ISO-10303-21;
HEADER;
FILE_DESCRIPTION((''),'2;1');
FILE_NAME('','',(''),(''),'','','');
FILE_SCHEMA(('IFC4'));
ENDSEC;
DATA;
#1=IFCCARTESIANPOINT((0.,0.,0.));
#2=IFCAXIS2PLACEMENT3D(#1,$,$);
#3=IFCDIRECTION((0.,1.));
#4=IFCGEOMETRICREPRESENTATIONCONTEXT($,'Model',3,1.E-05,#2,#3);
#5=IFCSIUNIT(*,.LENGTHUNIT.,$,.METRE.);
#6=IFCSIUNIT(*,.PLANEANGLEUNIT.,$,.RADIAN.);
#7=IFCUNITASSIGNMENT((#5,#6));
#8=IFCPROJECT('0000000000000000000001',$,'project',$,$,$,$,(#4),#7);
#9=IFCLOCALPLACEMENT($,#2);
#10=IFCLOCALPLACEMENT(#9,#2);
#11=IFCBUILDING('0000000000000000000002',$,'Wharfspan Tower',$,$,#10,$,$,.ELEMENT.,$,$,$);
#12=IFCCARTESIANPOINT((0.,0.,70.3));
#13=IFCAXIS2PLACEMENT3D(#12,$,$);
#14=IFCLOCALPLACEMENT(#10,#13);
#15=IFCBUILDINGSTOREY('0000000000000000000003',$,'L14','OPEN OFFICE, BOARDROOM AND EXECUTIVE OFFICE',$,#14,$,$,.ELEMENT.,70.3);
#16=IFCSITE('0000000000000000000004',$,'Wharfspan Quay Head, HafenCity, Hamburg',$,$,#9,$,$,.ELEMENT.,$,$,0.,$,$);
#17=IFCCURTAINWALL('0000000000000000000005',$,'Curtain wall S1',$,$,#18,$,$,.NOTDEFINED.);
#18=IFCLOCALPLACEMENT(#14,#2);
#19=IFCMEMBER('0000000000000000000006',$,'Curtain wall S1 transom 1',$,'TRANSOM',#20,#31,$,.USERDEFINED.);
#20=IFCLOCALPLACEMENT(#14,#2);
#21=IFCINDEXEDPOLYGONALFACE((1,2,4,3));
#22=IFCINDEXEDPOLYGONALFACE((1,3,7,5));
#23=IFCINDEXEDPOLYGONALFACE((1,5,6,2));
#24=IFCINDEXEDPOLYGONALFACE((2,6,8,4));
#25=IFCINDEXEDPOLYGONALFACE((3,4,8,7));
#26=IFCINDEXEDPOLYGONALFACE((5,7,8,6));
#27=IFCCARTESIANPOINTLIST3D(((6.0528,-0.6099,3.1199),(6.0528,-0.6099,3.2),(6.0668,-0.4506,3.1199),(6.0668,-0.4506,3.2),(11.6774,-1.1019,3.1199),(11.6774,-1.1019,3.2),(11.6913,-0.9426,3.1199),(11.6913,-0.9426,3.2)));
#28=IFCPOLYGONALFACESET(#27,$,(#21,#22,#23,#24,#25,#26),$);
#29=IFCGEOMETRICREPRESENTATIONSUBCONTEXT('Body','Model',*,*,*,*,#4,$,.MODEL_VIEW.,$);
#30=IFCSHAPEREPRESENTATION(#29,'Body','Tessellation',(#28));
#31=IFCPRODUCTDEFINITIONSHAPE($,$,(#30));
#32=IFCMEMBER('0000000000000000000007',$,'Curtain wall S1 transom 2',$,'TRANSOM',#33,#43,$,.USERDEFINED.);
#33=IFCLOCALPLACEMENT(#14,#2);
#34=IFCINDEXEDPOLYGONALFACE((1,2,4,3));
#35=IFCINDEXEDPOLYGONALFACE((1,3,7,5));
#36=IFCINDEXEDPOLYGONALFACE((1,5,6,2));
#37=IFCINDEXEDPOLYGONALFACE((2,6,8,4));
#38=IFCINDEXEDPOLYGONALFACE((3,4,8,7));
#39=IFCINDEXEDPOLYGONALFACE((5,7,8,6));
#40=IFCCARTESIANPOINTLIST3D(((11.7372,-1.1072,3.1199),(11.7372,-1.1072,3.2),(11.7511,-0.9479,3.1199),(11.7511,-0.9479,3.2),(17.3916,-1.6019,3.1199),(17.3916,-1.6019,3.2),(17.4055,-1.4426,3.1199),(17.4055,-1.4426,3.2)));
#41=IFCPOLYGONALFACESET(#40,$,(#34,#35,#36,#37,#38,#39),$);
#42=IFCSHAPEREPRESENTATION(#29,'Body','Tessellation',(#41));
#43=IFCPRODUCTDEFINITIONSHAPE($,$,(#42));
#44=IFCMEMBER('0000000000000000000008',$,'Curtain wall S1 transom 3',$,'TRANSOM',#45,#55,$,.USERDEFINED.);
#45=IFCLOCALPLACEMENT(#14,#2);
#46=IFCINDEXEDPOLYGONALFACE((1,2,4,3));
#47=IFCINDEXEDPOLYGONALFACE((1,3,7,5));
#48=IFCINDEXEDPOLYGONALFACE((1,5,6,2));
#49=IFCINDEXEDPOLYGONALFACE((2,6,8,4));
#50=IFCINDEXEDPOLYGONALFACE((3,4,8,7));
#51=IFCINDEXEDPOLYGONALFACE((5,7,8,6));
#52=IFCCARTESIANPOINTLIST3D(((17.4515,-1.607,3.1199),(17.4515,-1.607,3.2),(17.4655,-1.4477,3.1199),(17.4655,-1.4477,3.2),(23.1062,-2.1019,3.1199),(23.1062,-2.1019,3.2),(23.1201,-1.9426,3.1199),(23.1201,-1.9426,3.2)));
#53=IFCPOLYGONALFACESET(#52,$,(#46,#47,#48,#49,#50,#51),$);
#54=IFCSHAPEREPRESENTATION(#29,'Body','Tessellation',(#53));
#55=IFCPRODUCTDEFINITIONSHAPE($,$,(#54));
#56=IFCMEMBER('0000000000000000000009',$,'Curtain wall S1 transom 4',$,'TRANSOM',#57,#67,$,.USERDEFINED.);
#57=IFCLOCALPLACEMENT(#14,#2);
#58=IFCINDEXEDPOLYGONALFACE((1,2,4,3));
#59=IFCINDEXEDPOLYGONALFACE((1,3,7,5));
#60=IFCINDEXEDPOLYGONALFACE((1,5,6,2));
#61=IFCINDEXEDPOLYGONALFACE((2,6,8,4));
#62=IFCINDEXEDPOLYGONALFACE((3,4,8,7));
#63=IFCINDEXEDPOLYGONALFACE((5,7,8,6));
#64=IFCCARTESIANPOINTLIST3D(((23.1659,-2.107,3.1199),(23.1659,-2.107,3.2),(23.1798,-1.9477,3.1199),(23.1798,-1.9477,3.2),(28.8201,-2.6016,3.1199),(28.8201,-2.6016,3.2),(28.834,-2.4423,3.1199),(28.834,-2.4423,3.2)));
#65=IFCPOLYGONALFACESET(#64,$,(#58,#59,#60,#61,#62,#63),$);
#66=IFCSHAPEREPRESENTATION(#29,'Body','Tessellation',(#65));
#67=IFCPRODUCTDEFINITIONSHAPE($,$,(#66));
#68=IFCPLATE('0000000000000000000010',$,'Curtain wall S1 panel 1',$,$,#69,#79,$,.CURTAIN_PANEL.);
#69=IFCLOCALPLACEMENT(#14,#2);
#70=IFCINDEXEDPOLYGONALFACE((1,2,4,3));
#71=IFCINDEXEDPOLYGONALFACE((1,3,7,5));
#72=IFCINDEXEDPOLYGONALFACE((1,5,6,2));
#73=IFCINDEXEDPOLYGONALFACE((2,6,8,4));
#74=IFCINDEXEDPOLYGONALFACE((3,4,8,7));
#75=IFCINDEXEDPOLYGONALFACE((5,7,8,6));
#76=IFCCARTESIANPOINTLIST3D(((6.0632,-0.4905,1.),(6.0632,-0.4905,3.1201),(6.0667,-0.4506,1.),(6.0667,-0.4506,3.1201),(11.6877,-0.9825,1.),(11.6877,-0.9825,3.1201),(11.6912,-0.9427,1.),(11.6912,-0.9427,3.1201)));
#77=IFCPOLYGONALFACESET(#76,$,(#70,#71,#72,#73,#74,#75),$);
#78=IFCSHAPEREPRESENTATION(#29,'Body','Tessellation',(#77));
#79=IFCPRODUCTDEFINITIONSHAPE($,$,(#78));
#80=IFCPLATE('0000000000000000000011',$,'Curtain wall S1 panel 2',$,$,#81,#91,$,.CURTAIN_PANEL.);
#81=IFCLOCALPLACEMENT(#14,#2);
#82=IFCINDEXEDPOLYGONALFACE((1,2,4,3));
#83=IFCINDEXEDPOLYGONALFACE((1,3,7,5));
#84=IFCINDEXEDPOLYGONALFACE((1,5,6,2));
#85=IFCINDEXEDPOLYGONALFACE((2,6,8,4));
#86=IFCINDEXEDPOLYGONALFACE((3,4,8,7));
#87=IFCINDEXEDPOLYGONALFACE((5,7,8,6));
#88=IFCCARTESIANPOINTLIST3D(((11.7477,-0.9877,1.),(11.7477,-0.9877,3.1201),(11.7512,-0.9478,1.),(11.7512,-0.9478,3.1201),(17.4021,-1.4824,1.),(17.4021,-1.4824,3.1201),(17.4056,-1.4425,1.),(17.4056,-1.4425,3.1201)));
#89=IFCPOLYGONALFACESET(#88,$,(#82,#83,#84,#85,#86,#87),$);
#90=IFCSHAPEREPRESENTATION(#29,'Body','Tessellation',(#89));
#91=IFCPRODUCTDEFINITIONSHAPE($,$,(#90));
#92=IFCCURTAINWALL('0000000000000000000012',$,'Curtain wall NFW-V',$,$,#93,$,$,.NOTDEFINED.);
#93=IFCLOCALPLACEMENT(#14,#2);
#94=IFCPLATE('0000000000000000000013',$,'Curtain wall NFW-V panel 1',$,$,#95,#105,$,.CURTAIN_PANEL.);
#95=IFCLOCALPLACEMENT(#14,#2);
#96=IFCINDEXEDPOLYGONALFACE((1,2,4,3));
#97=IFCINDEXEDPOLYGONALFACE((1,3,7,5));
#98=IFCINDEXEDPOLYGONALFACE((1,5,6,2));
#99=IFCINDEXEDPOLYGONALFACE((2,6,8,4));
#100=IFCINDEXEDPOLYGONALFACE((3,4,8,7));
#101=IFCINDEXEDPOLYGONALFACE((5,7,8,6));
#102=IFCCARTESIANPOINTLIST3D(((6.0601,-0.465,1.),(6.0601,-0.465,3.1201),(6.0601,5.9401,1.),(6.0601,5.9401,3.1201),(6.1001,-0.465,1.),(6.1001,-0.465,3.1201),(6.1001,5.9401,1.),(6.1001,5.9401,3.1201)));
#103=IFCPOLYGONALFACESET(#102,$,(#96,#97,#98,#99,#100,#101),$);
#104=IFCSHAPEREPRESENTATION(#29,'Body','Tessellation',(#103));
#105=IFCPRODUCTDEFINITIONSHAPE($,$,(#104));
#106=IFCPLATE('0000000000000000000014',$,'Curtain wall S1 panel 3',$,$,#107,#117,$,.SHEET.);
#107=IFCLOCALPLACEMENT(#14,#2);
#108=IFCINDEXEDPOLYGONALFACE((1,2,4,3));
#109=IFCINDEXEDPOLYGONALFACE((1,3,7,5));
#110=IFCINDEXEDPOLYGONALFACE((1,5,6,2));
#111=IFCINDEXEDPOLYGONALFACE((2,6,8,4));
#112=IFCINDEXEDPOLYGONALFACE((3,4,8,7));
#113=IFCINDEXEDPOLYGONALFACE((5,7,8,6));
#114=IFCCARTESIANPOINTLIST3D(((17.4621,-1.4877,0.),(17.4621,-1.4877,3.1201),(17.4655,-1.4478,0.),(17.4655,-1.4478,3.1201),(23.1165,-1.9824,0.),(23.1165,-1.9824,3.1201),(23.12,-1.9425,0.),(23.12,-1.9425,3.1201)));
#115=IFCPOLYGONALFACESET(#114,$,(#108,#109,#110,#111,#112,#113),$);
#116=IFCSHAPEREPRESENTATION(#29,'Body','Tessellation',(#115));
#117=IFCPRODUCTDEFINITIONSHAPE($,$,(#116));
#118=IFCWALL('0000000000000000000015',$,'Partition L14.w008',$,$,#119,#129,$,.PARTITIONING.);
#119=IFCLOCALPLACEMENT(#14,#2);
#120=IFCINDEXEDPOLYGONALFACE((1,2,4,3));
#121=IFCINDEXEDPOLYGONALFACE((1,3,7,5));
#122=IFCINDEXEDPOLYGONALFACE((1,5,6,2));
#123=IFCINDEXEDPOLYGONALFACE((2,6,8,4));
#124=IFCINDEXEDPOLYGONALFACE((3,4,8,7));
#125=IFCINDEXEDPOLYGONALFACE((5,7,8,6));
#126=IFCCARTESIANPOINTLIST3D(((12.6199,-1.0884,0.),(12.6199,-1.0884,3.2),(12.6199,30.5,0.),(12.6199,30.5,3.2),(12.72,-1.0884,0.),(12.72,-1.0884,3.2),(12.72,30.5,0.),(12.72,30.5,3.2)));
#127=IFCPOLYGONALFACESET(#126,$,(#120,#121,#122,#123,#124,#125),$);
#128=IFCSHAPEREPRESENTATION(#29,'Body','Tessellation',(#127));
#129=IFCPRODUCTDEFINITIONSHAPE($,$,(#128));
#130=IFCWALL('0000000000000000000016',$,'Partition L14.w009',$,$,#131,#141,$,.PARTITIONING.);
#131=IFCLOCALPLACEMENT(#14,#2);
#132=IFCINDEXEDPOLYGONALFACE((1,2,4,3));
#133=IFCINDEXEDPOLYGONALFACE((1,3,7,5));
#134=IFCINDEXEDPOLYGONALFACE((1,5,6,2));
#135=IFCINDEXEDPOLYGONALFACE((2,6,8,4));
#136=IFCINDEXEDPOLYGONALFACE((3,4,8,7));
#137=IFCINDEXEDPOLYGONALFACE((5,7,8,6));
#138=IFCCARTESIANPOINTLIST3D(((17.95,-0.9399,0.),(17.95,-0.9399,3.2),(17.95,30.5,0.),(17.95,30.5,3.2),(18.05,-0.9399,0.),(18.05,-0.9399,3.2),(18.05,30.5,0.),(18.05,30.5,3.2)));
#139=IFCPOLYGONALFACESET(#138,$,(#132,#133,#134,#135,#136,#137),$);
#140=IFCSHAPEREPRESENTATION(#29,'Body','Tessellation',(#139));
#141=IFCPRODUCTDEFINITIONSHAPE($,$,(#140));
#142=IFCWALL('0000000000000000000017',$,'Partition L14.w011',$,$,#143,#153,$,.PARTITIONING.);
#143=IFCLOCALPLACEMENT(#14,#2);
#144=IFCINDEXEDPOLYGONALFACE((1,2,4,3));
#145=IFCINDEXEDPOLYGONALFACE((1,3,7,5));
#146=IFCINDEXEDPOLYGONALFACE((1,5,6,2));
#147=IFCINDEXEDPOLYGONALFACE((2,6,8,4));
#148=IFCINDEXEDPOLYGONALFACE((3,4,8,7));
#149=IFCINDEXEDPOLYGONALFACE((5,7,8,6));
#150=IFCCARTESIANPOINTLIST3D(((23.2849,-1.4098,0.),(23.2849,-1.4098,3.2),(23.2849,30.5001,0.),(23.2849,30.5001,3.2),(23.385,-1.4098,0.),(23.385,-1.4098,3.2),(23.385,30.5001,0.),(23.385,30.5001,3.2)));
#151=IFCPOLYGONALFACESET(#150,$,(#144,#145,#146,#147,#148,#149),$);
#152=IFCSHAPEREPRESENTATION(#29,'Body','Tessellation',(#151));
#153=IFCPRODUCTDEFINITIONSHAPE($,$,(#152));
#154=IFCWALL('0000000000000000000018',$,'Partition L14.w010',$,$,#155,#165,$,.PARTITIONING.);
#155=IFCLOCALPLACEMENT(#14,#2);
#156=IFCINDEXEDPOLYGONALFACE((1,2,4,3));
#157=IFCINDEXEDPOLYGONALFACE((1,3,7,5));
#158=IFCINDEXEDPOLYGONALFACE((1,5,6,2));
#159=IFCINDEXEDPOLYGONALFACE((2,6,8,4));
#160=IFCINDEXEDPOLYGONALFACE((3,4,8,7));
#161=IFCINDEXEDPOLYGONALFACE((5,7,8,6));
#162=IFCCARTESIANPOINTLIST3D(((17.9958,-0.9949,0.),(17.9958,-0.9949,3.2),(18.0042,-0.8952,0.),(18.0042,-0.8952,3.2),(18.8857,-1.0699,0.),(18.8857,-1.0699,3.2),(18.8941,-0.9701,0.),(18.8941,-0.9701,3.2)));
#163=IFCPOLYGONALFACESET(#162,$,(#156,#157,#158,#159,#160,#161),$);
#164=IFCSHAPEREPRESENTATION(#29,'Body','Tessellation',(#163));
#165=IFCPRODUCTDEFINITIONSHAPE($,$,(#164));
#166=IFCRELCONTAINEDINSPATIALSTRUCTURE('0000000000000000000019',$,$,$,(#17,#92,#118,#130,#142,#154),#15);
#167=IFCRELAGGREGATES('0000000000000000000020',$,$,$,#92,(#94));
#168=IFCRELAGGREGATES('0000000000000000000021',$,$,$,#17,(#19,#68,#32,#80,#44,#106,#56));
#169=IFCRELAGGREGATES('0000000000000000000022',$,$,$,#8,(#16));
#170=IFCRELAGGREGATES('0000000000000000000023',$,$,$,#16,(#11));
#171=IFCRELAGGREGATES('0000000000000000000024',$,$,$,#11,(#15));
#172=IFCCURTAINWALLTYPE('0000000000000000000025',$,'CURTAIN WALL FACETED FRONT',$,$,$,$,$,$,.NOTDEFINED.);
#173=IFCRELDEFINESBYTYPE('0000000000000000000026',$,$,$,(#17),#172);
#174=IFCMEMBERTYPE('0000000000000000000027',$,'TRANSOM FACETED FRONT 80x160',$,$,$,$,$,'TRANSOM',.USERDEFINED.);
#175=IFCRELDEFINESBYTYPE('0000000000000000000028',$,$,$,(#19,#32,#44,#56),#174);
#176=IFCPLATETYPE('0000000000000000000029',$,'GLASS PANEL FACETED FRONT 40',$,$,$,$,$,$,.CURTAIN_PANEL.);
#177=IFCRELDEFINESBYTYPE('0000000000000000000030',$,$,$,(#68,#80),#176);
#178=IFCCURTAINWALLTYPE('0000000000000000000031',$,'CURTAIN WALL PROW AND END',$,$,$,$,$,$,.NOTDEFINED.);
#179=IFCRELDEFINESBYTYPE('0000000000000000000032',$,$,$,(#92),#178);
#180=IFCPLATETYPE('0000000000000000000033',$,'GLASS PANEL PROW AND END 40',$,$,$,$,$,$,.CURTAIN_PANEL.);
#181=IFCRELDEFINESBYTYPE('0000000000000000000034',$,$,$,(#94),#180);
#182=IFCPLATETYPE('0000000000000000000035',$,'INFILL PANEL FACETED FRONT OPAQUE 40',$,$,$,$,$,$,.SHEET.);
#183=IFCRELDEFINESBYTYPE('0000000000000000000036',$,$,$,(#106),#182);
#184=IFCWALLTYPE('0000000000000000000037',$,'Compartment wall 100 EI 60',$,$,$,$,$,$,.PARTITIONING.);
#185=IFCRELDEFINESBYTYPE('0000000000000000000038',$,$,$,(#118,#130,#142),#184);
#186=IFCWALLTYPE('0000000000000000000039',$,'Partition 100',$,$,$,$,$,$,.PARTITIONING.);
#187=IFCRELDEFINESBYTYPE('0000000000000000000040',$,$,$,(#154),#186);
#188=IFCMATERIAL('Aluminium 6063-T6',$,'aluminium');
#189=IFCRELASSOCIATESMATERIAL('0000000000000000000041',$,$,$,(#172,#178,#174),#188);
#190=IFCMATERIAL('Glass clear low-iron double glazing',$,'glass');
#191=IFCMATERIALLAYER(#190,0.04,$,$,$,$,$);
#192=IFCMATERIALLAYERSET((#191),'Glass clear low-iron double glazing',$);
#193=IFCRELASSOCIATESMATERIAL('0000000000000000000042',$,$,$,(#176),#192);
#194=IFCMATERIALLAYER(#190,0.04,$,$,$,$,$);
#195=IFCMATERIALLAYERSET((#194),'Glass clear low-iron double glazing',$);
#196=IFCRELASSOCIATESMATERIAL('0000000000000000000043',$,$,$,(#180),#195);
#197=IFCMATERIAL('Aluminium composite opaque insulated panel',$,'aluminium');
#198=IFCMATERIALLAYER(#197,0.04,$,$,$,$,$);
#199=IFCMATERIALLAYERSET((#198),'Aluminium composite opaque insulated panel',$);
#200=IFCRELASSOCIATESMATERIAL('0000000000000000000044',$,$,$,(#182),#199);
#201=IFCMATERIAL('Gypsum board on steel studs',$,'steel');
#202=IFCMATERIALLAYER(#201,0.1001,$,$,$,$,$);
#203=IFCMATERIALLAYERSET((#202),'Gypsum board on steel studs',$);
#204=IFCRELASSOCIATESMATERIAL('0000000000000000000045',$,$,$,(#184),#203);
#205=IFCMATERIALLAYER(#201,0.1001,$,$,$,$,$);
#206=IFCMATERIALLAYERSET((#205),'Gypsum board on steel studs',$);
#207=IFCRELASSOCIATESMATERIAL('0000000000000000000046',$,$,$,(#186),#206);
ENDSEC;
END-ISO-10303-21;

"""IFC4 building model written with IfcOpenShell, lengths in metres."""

from ifc_helpers import new_model, si_unit, direction, frame, frame_2d, origin, origin_2d, place, context, subcontext, project, spatial, rectangle, extrude, material, layer, layer_set, material_profile, profile_set, type_object, element, aggregate, save


model = new_model("IFC4")

# Units and contexts
model_context = context("Model", 3, precision=1e-05, world=origin(), true_north=direction((0.0, 1.0)))
body_context = subcontext(model_context, "Body", "Model", "MODEL_VIEW")
ifc_project = project(units=[si_unit("LENGTHUNIT", "METRE"), si_unit("PLANEANGLEUNIT", "RADIAN")], contexts=[model_context])

# Site, building, storey
site_placement = place(None, origin())
site = spatial("IfcSite", under=ifc_project, at=site_placement, Name="Wharfspan Quay Head, HafenCity, Hamburg", CompositionType="ELEMENT", RefElevation=0.0)
building_placement = place(site_placement, origin())
building = spatial("IfcBuilding", under=site, at=building_placement, Name="Wharfspan Tower", CompositionType="ELEMENT")
storey_placement = place(building_placement, frame((0.0, 0.0, 70.3)))
storey = spatial("IfcBuildingStorey", under=building, at=storey_placement, Name="L14", Description="OPEN OFFICE, BOARDROOM AND EXECUTIVE OFFICE", CompositionType="ELEMENT", Elevation=70.3)

# Curtain wall
ifc_material_1 = material(Name="Aluminium 6063-T6", Category="aluminium")
curtain_wall_type_1 = type_object("IfcCurtainWallType", Name="CURTAIN WALL FACETED FRONT", PredefinedType="NOTDEFINED", material=ifc_material_1)
curtain_wall_1_placement = place(storey_placement, origin())
curtain_wall_1 = element("IfcCurtainWall", 1, at=curtain_wall_1_placement, inside=storey, type_object=curtain_wall_type_1, Name="Curtain wall S1", PredefinedType="NOTDEFINED")

# Members
ifc_material_profile_1 = material_profile(ifc_material_1, rectangle(XDim=0.1599, YDim=0.0801, at=origin_2d()))
ifc_profile_set_1 = profile_set([ifc_material_profile_1], Name="Aluminium 6063-T6")
member_type_1 = type_object("IfcMemberType", Name="TRANSOM FACETED FRONT 80x160", ElementType="TRANSOM", PredefinedType="USERDEFINED", material=ifc_profile_set_1)
member_1_placement = place(storey_placement, frame((6.0598, -0.5303, 3.1599), z_axis=(0.996197, -0.087132, 0.0), x_axis=(0.087132, 0.996197, 0.0)))
member_1 = element("IfcMember", 2, at=member_1_placement, type_object=member_type_1, Name="Curtain wall S1 transom 1", ObjectType="TRANSOM", PredefinedType="USERDEFINED", context=body_context, shape_type="SweptSolid", body=[
    extrude(rectangle(XDim=0.1599, YDim=0.0801, at=origin_2d()), origin(), (0.0, 0.0, 1.0), 5.646),
])
member_2_placement = place(storey_placement, frame((11.7441, -1.0276, 3.1599), z_axis=(0.996196, -0.087142, 0.0), x_axis=(0.087142, 0.996196, 0.0)))
member_2 = element("IfcMember", 3, at=member_2_placement, type_object=member_type_1, Name="Curtain wall S1 transom 2", ObjectType="TRANSOM", PredefinedType="USERDEFINED", context=body_context, shape_type="SweptSolid", body=[
    extrude(rectangle(XDim=0.1599, YDim=0.0801, at=origin_2d()), origin(), (0.0, 0.0, 1.0), 5.676),
])
member_3_placement = place(storey_placement, frame((17.4585, -1.5273, 3.1599), z_axis=(0.996192, -0.087185, 0.0), x_axis=(0.087185, 0.996192, 0.0)))
member_3 = element("IfcMember", 4, at=member_3_placement, type_object=member_type_1, Name="Curtain wall S1 transom 3", ObjectType="TRANSOM", PredefinedType="USERDEFINED", context=body_context, shape_type="SweptSolid", body=[
    extrude(rectangle(XDim=0.1599, YDim=0.0801, at=origin_2d()), origin(), (0.0, 0.0, 1.0), 5.6763),
])
member_4_placement = place(storey_placement, frame((23.1729, -2.0273, 3.1599), z_axis=(0.996196, -0.087146, 0.0), x_axis=(0.087146, 0.996196, 0.0)))
member_4 = element("IfcMember", 5, at=member_4_placement, type_object=member_type_1, Name="Curtain wall S1 transom 4", ObjectType="TRANSOM", PredefinedType="USERDEFINED", context=body_context, shape_type="SweptSolid", body=[
    extrude(rectangle(XDim=0.1599, YDim=0.0801, at=origin_2d()), origin(), (0.0, 0.0, 1.0), 5.6758),
])

# Plates
ifc_material_2 = material(Name="Glass clear low-iron double glazing", Category="glass")
ifc_layer_1 = layer(ifc_material_2, 0.04)
ifc_layer_set_1 = layer_set([ifc_layer_1], Name="Glass clear low-iron double glazing")
plate_type_1 = type_object("IfcPlateType", Name="GLASS PANEL FACETED FRONT 40", PredefinedType="CURTAIN_PANEL", material=ifc_layer_set_1)
plate_1_placement = place(storey_placement, frame((8.8772, -0.7166, 1.0), z_axis=(0.0, 0.0, 1.0), x_axis=(0.996197, -0.087156, 0.0)))
plate_1 = element("IfcPlate", 6, at=plate_1_placement, type_object=plate_type_1, Name="Curtain wall S1 panel 1", PredefinedType="CURTAIN_PANEL", context=body_context, shape_type="SweptSolid", body=[
    extrude(rectangle(XDim=5.646, YDim=0.04, at=origin_2d()), origin(), (0.0, 0.0, 1.0), 2.1201),
])
plate_2_placement = place(storey_placement, frame((14.5767, -1.2151, 1.0), z_axis=(0.0, 0.0, 1.0), x_axis=(0.996197, -0.087156, 0.0)))
plate_2 = element("IfcPlate", 7, at=plate_2_placement, type_object=plate_type_1, Name="Curtain wall S1 panel 2", PredefinedType="CURTAIN_PANEL", context=body_context, shape_type="SweptSolid", body=[
    extrude(rectangle(XDim=5.676, YDim=0.04, at=origin_2d()), origin(), (0.0, 0.0, 1.0), 2.1201),
])

# Curtain wall, plate
curtain_wall_type_2 = type_object("IfcCurtainWallType", Name="CURTAIN WALL PROW AND END", PredefinedType="NOTDEFINED", material=ifc_material_1)
curtain_wall_2_placement = place(storey_placement, origin())
curtain_wall_2 = element("IfcCurtainWall", 8, at=curtain_wall_2_placement, inside=storey, type_object=curtain_wall_type_2, Name="Curtain wall NFW-V", PredefinedType="NOTDEFINED")
ifc_layer_2 = layer(ifc_material_2, 0.04)
ifc_layer_set_2 = layer_set([ifc_layer_2], Name="Glass clear low-iron double glazing")
plate_type_2 = type_object("IfcPlateType", Name="GLASS PANEL PROW AND END 40", PredefinedType="CURTAIN_PANEL", material=ifc_layer_set_2)
plate_3_placement = place(storey_placement, frame((6.0801, 2.7375, 1.0), z_axis=(0.0, 0.0, 1.0), x_axis=(0.0, -1.0, 0.0)))
plate_3 = element("IfcPlate", 9, at=plate_3_placement, type_object=plate_type_2, Name="Curtain wall NFW-V panel 1", PredefinedType="CURTAIN_PANEL", context=body_context, shape_type="SweptSolid", body=[
    extrude(rectangle(XDim=6.405, YDim=0.04, at=origin_2d()), origin(), (0.0, 0.0, 1.0), 2.1201),
])
aggregate(curtain_wall_2, [plate_3])

# Plate
ifc_material_3 = material(Name="Aluminium composite opaque insulated panel", Category="aluminium")
ifc_layer_3 = layer(ifc_material_3, 0.04)
ifc_layer_set_3 = layer_set([ifc_layer_3], Name="Aluminium composite opaque insulated panel")
plate_type_3 = type_object("IfcPlateType", Name="INFILL PANEL FACETED FRONT OPAQUE 40", PredefinedType="SHEET", material=ifc_layer_set_3)
plate_4_placement = place(storey_placement, frame((20.291, -1.7151, 0.0), z_axis=(0.0, 0.0, 1.0), x_axis=(0.996197, -0.087156, 0.0)))
plate_4 = element("IfcPlate", 10, at=plate_4_placement, type_object=plate_type_3, Name="Curtain wall S1 panel 3", PredefinedType="SHEET", context=body_context, shape_type="SweptSolid", body=[
    extrude(rectangle(XDim=5.676, YDim=0.04, at=origin_2d()), origin(), (0.0, 0.0, 1.0), 3.1201),
])
aggregate(curtain_wall_1, [member_1, plate_1, member_2, plate_2, member_3, plate_4, member_4])

# Walls
ifc_material_4 = material(Name="Gypsum board on steel studs", Category="steel")
ifc_layer_4 = layer(ifc_material_4, 0.1001)
ifc_layer_set_4 = layer_set([ifc_layer_4], Name="Gypsum board on steel studs")
wall_type_1 = type_object("IfcWallType", Name="Compartment wall 100 EI 60", PredefinedType="PARTITIONING", material=ifc_layer_set_4)
wall_1_placement = place(storey_placement, frame((12.6699, -1.0884, 0.0), z_axis=(0.0, 0.0, 1.0), x_axis=(0.0, 1.0, 0.0)))
element("IfcWall", 11, at=wall_1_placement, inside=storey, type_object=wall_type_1, Name="Partition L14.w008", PredefinedType="PARTITIONING", context=body_context, shape_type="SweptSolid", body=[
    extrude(rectangle(XDim=31.5884, YDim=0.1001, at=frame_2d((15.7942, 0.0))), origin(), (0.0, 0.0, 1.0), 3.2),
])
wall_2_placement = place(storey_placement, frame((18.0, -0.9399, 0.0), z_axis=(0.0, 0.0, 1.0), x_axis=(0.0, 1.0, 0.0)))
element("IfcWall", 12, at=wall_2_placement, inside=storey, type_object=wall_type_1, Name="Partition L14.w009", PredefinedType="PARTITIONING", context=body_context, shape_type="SweptSolid", body=[
    extrude(rectangle(XDim=31.4399, YDim=0.1001, at=frame_2d((15.72, 0.0))), origin(), (0.0, 0.0, 1.0), 3.2),
])
wall_3_placement = place(storey_placement, frame((23.335, -1.4099, 0.0), z_axis=(0.0, 0.0, 1.0), x_axis=(0.0, 1.0, 0.0)))
element("IfcWall", 13, at=wall_3_placement, inside=storey, type_object=wall_type_1, Name="Partition L14.w011", PredefinedType="PARTITIONING", context=body_context, shape_type="SweptSolid", body=[
    extrude(rectangle(XDim=31.9099, YDim=0.1001, at=frame_2d((15.9551, 0.0))), origin(), (0.0, 0.0, 1.0), 3.2),
])
ifc_layer_5 = layer(ifc_material_4, 0.1001)
ifc_layer_set_5 = layer_set([ifc_layer_5], Name="Gypsum board on steel studs")
wall_type_2 = type_object("IfcWallType", Name="Partition 100", PredefinedType="PARTITIONING", material=ifc_layer_set_5)
wall_4_placement = place(storey_placement, frame((18.8899, -1.02, 0.0), z_axis=(0.0, 0.0, 1.0), x_axis=(-0.996474, 0.083928, 0.0)))
element("IfcWall", 14, at=wall_4_placement, inside=storey, type_object=wall_type_2, Name="Partition L14.w010", PredefinedType="PARTITIONING", context=body_context, shape_type="SweptSolid", body=[
    extrude(rectangle(XDim=0.8931, YDim=0.1001, at=frame_2d((0.4465, 0.0))), origin(), (0.0, 0.0, 1.0), 3.2),
])

save(model, "model.ifc")
